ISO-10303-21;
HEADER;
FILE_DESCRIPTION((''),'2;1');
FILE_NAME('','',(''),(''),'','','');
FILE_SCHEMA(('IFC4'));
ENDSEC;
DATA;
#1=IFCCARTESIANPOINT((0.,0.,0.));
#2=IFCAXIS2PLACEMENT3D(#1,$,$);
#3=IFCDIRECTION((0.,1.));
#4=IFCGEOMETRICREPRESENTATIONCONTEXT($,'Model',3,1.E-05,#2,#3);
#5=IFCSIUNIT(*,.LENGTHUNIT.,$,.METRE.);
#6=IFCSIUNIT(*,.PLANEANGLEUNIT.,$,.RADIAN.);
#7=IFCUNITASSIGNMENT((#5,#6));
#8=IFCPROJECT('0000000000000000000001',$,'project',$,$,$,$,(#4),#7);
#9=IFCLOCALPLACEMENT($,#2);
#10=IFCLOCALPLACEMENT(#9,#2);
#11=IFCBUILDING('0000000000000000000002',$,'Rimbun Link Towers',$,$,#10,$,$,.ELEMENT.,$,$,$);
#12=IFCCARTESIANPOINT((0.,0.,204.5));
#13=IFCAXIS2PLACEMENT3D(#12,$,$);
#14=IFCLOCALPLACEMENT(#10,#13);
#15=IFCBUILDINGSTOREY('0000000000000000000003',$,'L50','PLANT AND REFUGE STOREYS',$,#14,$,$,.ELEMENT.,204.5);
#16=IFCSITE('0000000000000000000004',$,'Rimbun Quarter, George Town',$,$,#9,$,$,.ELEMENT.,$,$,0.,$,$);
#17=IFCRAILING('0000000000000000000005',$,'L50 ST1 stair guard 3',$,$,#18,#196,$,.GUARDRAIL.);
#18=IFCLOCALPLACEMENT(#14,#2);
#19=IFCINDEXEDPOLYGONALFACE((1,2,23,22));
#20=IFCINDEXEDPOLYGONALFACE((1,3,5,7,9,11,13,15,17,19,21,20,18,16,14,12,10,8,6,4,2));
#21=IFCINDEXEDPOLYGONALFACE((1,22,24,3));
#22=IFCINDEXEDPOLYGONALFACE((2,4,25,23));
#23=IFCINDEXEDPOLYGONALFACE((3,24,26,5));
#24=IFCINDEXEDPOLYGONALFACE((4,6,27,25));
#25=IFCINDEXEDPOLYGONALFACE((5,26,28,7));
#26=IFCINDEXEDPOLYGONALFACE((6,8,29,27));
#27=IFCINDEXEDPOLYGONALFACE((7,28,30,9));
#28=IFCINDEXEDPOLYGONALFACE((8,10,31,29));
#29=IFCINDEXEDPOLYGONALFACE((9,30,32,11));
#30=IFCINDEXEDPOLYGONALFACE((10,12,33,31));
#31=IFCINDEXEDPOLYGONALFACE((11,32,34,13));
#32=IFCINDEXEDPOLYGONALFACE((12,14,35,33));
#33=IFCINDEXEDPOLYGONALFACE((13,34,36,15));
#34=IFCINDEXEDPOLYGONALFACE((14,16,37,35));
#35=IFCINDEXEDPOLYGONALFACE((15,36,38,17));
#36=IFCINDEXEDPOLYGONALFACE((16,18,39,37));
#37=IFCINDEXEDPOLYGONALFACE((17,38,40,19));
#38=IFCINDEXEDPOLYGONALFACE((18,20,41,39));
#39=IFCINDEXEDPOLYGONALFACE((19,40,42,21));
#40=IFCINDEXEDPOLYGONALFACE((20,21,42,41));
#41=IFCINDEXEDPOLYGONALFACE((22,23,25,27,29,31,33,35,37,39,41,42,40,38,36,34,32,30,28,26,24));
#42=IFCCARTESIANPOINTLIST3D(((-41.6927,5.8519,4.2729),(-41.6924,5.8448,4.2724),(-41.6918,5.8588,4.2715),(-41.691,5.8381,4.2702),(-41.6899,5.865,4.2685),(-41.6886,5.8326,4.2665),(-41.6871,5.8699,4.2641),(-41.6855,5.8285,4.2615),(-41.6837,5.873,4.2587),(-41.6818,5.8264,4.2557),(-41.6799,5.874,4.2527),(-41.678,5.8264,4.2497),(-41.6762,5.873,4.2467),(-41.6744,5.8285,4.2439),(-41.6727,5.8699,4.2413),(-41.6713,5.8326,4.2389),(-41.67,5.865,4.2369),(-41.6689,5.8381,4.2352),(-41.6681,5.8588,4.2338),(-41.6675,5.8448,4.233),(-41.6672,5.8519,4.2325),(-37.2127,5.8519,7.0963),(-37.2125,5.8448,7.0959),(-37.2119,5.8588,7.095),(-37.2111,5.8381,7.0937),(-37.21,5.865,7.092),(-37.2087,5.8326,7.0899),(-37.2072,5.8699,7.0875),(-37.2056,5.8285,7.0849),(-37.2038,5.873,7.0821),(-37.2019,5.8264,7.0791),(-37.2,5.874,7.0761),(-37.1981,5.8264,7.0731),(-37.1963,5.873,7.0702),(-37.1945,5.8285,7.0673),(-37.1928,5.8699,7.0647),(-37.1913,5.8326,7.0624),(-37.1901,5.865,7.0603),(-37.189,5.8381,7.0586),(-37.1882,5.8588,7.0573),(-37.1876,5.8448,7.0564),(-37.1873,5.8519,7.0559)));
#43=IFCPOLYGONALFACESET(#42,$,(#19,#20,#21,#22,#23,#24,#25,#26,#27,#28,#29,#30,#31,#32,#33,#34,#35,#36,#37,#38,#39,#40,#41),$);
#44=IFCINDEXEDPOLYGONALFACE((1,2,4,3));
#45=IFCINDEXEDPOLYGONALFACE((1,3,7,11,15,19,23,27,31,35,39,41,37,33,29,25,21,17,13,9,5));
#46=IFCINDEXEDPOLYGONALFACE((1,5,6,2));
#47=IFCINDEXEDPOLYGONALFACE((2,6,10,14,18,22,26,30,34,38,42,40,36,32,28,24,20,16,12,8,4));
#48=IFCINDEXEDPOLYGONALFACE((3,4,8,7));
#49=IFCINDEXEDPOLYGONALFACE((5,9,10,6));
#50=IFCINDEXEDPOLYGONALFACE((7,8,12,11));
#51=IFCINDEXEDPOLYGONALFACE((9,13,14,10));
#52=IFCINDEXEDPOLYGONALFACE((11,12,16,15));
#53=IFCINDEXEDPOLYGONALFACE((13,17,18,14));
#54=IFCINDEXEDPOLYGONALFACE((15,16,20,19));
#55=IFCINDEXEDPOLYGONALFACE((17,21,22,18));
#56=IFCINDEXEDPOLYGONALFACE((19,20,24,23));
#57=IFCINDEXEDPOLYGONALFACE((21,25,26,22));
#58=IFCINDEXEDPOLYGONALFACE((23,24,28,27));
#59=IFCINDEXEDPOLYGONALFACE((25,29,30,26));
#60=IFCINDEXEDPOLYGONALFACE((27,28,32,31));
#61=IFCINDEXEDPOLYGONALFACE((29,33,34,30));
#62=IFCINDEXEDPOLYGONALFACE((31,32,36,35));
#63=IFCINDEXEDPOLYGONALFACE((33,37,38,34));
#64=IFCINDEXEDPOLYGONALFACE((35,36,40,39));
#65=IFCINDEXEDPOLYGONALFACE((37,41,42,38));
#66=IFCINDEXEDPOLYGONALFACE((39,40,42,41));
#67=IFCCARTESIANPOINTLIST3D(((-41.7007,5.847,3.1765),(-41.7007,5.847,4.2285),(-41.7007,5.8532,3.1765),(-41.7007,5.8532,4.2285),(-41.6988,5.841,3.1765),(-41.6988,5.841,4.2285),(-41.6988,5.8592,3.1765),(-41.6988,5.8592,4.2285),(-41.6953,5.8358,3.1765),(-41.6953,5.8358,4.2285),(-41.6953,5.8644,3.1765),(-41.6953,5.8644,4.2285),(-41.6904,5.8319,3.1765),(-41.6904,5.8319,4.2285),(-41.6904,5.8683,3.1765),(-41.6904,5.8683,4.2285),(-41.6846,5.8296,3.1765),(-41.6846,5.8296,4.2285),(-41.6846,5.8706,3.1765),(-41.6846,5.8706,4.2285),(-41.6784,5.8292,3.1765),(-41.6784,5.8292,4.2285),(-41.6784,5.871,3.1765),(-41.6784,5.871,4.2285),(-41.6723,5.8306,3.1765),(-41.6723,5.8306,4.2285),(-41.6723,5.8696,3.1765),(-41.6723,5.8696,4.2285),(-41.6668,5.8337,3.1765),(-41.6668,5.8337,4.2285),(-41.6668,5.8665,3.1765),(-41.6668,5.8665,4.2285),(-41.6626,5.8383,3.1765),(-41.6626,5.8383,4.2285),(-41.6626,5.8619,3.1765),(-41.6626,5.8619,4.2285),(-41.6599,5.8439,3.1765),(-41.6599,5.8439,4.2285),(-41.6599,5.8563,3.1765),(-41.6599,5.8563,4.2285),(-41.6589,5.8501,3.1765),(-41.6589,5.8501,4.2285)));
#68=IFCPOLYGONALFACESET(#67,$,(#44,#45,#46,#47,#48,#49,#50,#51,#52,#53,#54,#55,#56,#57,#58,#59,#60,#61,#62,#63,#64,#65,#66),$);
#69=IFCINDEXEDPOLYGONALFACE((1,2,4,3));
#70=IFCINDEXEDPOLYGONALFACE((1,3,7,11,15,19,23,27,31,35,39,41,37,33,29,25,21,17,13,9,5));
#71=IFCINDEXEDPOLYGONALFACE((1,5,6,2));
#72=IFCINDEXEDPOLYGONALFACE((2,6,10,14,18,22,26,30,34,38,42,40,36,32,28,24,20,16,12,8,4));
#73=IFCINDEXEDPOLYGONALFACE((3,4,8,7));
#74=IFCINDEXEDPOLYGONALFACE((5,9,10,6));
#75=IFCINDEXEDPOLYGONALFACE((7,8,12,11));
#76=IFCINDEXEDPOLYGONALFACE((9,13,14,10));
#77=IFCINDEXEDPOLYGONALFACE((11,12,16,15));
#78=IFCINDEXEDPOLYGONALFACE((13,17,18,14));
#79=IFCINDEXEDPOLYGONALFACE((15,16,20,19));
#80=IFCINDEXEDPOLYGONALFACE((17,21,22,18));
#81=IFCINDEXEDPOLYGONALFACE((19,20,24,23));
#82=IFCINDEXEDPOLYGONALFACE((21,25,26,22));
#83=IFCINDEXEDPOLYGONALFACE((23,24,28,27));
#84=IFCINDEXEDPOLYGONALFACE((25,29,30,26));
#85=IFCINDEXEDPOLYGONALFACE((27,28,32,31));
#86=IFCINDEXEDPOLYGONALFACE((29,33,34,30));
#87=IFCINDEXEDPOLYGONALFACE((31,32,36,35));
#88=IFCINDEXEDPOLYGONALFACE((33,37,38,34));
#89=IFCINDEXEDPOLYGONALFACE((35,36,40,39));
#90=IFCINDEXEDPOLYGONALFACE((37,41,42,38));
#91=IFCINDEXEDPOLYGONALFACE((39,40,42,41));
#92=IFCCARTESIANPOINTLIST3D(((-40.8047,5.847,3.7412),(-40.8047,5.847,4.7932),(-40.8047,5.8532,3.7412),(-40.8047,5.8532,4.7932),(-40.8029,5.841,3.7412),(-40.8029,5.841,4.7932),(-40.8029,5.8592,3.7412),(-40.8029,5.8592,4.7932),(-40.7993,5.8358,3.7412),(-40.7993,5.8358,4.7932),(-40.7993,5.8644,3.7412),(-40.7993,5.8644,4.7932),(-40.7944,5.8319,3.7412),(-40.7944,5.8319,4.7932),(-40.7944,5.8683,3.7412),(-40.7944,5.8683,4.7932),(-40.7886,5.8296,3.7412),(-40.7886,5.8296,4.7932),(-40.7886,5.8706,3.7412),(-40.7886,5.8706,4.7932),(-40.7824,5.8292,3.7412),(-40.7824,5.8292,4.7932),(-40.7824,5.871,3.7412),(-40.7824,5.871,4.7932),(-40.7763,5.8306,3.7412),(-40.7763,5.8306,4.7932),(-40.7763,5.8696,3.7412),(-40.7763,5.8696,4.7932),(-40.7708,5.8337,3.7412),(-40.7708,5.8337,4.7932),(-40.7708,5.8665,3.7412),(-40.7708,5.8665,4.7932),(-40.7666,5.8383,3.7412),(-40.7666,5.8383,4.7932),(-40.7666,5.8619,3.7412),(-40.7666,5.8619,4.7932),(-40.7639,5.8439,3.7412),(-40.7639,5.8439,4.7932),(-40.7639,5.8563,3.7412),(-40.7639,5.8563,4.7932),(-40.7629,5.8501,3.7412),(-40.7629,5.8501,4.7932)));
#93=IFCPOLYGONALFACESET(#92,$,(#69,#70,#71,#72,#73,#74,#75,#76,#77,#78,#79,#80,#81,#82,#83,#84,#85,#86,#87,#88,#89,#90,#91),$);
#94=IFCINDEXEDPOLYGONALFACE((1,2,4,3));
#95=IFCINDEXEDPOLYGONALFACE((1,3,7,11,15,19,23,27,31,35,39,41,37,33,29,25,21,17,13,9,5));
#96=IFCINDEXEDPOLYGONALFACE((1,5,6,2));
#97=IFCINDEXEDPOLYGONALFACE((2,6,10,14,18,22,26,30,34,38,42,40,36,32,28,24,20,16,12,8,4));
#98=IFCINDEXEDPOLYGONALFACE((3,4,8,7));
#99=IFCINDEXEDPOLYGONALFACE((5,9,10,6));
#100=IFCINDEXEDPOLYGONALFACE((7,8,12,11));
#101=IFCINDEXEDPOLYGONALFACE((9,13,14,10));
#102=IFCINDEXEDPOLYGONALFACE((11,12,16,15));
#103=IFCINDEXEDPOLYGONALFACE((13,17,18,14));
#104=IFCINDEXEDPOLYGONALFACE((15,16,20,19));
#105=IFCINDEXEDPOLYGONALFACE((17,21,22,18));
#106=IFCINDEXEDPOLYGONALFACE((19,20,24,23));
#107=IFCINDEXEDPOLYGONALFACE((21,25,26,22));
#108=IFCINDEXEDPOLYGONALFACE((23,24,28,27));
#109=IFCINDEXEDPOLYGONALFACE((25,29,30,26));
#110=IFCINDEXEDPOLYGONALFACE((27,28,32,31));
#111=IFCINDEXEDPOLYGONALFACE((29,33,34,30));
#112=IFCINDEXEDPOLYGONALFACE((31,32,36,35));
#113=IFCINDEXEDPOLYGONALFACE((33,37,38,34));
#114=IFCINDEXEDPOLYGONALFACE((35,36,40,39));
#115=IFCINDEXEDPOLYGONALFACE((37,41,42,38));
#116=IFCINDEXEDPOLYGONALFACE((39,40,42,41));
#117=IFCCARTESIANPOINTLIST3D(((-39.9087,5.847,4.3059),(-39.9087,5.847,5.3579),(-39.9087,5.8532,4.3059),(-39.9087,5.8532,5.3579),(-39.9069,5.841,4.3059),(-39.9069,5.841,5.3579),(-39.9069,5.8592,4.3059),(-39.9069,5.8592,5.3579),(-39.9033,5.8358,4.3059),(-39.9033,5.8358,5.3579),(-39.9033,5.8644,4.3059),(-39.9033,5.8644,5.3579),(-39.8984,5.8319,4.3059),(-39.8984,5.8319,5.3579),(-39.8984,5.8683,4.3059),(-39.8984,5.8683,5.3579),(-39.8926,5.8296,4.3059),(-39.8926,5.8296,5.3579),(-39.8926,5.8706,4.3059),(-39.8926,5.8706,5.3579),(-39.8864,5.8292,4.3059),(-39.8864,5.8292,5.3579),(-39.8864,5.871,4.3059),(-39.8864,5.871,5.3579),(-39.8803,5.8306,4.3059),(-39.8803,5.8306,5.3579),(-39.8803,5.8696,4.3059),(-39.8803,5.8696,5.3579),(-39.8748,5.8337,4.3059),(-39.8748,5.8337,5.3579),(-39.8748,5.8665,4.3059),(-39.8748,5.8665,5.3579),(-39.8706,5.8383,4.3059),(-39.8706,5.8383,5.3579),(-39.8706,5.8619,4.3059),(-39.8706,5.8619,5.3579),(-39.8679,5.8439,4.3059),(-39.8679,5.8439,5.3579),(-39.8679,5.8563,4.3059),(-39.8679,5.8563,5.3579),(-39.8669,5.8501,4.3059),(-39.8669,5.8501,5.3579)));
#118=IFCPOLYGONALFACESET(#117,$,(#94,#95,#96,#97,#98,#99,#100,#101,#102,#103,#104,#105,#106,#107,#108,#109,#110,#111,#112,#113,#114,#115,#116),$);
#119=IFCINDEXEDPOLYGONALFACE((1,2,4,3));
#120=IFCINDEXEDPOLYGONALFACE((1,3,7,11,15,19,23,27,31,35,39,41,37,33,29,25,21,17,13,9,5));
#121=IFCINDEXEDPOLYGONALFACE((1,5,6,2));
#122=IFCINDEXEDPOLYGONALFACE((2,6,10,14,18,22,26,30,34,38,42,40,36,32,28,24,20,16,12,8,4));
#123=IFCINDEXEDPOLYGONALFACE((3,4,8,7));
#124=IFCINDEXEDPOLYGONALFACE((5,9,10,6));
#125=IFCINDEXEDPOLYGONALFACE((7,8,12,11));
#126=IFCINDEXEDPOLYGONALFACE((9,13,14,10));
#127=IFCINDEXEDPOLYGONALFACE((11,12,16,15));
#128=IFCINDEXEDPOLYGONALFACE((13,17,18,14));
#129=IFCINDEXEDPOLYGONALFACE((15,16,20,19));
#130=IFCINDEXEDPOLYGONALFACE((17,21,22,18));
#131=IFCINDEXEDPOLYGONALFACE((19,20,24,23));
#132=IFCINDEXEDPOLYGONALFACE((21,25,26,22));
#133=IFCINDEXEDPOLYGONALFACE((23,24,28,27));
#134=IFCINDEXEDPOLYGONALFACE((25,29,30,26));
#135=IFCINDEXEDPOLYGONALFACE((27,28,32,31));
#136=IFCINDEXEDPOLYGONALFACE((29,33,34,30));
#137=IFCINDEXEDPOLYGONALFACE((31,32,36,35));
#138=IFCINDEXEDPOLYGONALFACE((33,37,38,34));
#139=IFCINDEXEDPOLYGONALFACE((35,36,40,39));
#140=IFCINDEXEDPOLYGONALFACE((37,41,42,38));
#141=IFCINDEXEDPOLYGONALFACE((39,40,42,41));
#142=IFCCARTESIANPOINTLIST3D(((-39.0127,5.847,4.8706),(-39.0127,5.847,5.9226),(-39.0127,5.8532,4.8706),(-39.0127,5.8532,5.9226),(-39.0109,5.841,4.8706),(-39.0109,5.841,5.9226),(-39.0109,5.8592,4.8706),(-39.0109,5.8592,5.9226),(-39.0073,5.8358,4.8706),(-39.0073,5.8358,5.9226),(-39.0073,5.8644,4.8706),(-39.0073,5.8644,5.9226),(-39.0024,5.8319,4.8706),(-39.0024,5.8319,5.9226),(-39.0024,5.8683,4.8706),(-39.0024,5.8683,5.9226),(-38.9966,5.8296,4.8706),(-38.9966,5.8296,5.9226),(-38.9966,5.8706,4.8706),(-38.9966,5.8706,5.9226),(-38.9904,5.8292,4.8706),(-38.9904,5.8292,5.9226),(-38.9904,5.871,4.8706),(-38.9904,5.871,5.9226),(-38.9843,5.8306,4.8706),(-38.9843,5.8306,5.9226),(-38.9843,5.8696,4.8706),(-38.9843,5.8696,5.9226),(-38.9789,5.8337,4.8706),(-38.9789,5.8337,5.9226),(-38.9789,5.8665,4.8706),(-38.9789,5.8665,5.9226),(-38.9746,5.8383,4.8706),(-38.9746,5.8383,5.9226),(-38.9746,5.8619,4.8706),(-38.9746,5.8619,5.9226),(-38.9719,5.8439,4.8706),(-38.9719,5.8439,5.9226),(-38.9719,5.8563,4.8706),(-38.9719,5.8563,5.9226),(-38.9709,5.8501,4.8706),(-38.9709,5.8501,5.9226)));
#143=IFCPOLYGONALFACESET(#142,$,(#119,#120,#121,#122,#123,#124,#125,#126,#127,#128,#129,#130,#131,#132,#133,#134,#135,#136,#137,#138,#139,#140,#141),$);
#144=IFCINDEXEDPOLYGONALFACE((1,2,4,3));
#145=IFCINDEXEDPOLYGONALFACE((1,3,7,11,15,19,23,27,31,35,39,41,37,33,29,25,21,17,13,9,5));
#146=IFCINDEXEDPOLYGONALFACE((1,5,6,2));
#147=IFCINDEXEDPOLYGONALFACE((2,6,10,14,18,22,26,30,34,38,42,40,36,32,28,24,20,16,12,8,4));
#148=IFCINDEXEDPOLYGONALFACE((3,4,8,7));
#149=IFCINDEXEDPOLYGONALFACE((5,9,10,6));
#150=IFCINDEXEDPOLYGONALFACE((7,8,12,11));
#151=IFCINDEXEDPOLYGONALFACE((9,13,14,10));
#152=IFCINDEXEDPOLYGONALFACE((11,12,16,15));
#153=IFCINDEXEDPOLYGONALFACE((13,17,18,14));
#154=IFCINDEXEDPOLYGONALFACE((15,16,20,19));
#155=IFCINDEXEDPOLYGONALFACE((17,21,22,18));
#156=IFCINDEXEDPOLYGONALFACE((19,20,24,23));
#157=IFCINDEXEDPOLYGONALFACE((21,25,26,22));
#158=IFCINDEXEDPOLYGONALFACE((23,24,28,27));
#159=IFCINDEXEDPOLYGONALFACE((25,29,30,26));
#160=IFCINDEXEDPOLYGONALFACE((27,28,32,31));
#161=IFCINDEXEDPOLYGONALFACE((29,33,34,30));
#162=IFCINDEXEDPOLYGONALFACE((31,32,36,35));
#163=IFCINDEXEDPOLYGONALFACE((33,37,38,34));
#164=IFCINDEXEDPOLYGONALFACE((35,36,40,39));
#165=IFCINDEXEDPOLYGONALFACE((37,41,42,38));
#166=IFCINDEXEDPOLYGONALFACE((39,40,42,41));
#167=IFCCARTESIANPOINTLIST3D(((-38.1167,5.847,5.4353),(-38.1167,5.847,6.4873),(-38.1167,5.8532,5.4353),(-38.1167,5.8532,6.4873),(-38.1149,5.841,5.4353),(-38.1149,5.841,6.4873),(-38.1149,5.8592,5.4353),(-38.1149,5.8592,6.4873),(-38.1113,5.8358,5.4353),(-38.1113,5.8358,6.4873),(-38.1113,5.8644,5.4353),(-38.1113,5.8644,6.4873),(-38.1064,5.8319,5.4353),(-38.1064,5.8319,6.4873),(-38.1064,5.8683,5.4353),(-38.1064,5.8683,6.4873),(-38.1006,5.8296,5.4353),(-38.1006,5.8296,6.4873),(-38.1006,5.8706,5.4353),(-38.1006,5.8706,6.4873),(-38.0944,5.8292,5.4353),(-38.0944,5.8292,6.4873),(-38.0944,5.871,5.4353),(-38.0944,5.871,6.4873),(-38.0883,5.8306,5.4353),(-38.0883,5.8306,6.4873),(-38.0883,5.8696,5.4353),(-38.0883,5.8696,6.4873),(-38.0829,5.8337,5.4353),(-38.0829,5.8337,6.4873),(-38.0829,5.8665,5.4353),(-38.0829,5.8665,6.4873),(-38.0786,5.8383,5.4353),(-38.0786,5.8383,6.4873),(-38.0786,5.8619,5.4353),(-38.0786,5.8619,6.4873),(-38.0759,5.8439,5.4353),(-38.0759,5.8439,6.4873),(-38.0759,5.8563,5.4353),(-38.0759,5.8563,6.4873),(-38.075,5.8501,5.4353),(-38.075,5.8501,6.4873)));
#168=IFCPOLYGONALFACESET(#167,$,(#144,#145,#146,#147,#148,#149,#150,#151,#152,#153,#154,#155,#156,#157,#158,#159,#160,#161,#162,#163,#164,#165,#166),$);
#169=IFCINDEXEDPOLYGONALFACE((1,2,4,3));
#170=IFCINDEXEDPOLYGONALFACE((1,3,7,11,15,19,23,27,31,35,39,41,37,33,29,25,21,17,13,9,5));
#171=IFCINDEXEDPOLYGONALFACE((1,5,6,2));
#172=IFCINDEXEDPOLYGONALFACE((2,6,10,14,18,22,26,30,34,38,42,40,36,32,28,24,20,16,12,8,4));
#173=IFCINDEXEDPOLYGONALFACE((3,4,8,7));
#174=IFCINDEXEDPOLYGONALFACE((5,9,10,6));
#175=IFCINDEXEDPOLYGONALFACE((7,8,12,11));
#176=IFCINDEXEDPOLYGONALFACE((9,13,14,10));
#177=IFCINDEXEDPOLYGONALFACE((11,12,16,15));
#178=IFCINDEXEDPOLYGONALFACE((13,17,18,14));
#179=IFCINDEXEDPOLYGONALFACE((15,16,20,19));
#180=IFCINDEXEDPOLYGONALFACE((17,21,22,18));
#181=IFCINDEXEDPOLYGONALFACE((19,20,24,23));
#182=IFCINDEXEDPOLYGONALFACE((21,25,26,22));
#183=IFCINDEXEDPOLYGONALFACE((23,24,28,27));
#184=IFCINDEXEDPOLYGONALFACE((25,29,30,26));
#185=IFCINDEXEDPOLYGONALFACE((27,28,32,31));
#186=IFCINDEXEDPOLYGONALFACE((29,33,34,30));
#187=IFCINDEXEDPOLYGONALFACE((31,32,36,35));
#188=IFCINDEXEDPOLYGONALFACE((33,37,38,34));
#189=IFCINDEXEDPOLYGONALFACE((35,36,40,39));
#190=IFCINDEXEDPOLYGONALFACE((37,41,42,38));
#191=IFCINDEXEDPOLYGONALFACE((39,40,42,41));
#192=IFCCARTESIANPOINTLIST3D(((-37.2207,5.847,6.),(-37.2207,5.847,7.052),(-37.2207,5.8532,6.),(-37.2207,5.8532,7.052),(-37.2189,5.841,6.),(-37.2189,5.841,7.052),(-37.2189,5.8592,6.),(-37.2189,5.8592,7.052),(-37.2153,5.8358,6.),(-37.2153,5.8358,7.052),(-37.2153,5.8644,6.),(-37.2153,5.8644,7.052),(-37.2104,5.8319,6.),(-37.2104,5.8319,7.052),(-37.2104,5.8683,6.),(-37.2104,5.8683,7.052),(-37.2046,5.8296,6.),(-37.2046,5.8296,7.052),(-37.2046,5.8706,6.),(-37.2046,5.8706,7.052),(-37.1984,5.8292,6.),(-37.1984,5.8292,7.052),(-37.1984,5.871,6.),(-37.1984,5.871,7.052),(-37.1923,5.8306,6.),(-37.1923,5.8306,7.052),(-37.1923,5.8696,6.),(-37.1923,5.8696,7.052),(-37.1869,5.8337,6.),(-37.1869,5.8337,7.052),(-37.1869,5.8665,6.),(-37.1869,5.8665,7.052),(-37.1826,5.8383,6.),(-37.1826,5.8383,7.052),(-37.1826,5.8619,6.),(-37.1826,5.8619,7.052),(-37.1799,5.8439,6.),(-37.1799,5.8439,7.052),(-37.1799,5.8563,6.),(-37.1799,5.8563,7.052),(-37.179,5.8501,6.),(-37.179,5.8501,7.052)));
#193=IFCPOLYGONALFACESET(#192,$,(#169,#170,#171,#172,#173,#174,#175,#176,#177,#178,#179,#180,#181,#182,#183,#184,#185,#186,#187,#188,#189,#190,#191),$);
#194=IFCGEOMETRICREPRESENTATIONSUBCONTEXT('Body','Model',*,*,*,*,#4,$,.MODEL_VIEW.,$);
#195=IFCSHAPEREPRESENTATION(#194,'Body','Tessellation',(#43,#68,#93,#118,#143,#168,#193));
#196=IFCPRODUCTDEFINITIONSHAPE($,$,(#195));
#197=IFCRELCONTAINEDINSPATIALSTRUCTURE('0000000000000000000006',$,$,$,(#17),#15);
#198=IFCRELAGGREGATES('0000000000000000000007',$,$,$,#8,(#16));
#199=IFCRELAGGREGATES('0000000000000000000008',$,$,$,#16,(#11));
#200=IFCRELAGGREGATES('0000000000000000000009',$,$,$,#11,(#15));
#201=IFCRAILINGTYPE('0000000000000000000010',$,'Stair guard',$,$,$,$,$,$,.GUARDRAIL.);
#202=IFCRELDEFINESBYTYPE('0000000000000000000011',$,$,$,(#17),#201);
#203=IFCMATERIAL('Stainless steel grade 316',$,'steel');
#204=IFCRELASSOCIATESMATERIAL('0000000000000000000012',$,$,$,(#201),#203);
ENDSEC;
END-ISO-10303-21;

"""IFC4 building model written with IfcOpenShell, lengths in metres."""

from ifc_helpers import new_model, si_unit, direction, frame, origin, origin_2d, place, context, subcontext, project, spatial, circle, extrude, material, type_object, element, save


model = new_model("IFC4")

# Units and contexts
model_context = context("Model", 3, precision=1e-05, world=origin(), true_north=direction((0.0, 1.0)))
body_context = subcontext(model_context, "Body", "Model", "MODEL_VIEW")
ifc_project = project(units=[si_unit("LENGTHUNIT", "METRE"), si_unit("PLANEANGLEUNIT", "RADIAN")], contexts=[model_context])

# Site, building, storey
site_placement = place(None, origin())
site = spatial("IfcSite", under=ifc_project, at=site_placement, Name="Rimbun Quarter, George Town", CompositionType="ELEMENT", RefElevation=0.0)
building_placement = place(site_placement, origin())
building = spatial("IfcBuilding", under=site, at=building_placement, Name="Rimbun Link Towers", CompositionType="ELEMENT")
storey_placement = place(building_placement, frame((0.0, 0.0, 204.5)))
storey = spatial("IfcBuildingStorey", under=building, at=storey_placement, Name="L50", Description="PLANT AND REFUGE STOREYS", CompositionType="ELEMENT", Elevation=204.5)

# Railing
ifc_material_1 = material(Name="Stainless steel grade 316", Category="steel")
railing_type_1 = type_object("IfcRailingType", Name="Stair guard", PredefinedType="GUARDRAIL", material=ifc_material_1)
railing_1_placement = place(storey_placement, frame((-41.6799, 5.8501, 3.1765)))
element("IfcRailing", 1, at=railing_1_placement, inside=storey, type_object=railing_type_1, Name="L50 ST1 stair guard 3", PredefinedType="GUARDRAIL", context=body_context, shape_type="SweptSolid", body=[
    extrude(circle(Radius=0.0239, at=origin_2d()), frame((0.0, 0.0, 1.0762), z_axis=(0.845998, 0.0, 0.533186), x_axis=(0.0, 1.0, 0.0)), (0.0, 0.0, 1.0), 5.2954),
    extrude(circle(Radius=0.021, at=origin_2d()), origin(), (0.0, 0.0, 1.0), 1.052),
    extrude(circle(Radius=0.021, at=origin_2d()), frame((0.896, 0.0, 0.5647)), (0.0, 0.0, 1.0), 1.052),
    extrude(circle(Radius=0.021, at=origin_2d()), frame((1.792, 0.0, 1.1294)), (0.0, 0.0, 1.0), 1.052),
    extrude(circle(Radius=0.021, at=origin_2d()), frame((2.688, 0.0, 1.6941)), (0.0, 0.0, 1.0), 1.052),
    extrude(circle(Radius=0.021, at=origin_2d()), frame((3.584, 0.0, 2.2588)), (0.0, 0.0, 1.0), 1.052),
    extrude(circle(Radius=0.021, at=origin_2d()), frame((4.48, 0.0, 2.8235)), (0.0, 0.0, 1.0), 1.052),
])

save(model, "model.ifc")
